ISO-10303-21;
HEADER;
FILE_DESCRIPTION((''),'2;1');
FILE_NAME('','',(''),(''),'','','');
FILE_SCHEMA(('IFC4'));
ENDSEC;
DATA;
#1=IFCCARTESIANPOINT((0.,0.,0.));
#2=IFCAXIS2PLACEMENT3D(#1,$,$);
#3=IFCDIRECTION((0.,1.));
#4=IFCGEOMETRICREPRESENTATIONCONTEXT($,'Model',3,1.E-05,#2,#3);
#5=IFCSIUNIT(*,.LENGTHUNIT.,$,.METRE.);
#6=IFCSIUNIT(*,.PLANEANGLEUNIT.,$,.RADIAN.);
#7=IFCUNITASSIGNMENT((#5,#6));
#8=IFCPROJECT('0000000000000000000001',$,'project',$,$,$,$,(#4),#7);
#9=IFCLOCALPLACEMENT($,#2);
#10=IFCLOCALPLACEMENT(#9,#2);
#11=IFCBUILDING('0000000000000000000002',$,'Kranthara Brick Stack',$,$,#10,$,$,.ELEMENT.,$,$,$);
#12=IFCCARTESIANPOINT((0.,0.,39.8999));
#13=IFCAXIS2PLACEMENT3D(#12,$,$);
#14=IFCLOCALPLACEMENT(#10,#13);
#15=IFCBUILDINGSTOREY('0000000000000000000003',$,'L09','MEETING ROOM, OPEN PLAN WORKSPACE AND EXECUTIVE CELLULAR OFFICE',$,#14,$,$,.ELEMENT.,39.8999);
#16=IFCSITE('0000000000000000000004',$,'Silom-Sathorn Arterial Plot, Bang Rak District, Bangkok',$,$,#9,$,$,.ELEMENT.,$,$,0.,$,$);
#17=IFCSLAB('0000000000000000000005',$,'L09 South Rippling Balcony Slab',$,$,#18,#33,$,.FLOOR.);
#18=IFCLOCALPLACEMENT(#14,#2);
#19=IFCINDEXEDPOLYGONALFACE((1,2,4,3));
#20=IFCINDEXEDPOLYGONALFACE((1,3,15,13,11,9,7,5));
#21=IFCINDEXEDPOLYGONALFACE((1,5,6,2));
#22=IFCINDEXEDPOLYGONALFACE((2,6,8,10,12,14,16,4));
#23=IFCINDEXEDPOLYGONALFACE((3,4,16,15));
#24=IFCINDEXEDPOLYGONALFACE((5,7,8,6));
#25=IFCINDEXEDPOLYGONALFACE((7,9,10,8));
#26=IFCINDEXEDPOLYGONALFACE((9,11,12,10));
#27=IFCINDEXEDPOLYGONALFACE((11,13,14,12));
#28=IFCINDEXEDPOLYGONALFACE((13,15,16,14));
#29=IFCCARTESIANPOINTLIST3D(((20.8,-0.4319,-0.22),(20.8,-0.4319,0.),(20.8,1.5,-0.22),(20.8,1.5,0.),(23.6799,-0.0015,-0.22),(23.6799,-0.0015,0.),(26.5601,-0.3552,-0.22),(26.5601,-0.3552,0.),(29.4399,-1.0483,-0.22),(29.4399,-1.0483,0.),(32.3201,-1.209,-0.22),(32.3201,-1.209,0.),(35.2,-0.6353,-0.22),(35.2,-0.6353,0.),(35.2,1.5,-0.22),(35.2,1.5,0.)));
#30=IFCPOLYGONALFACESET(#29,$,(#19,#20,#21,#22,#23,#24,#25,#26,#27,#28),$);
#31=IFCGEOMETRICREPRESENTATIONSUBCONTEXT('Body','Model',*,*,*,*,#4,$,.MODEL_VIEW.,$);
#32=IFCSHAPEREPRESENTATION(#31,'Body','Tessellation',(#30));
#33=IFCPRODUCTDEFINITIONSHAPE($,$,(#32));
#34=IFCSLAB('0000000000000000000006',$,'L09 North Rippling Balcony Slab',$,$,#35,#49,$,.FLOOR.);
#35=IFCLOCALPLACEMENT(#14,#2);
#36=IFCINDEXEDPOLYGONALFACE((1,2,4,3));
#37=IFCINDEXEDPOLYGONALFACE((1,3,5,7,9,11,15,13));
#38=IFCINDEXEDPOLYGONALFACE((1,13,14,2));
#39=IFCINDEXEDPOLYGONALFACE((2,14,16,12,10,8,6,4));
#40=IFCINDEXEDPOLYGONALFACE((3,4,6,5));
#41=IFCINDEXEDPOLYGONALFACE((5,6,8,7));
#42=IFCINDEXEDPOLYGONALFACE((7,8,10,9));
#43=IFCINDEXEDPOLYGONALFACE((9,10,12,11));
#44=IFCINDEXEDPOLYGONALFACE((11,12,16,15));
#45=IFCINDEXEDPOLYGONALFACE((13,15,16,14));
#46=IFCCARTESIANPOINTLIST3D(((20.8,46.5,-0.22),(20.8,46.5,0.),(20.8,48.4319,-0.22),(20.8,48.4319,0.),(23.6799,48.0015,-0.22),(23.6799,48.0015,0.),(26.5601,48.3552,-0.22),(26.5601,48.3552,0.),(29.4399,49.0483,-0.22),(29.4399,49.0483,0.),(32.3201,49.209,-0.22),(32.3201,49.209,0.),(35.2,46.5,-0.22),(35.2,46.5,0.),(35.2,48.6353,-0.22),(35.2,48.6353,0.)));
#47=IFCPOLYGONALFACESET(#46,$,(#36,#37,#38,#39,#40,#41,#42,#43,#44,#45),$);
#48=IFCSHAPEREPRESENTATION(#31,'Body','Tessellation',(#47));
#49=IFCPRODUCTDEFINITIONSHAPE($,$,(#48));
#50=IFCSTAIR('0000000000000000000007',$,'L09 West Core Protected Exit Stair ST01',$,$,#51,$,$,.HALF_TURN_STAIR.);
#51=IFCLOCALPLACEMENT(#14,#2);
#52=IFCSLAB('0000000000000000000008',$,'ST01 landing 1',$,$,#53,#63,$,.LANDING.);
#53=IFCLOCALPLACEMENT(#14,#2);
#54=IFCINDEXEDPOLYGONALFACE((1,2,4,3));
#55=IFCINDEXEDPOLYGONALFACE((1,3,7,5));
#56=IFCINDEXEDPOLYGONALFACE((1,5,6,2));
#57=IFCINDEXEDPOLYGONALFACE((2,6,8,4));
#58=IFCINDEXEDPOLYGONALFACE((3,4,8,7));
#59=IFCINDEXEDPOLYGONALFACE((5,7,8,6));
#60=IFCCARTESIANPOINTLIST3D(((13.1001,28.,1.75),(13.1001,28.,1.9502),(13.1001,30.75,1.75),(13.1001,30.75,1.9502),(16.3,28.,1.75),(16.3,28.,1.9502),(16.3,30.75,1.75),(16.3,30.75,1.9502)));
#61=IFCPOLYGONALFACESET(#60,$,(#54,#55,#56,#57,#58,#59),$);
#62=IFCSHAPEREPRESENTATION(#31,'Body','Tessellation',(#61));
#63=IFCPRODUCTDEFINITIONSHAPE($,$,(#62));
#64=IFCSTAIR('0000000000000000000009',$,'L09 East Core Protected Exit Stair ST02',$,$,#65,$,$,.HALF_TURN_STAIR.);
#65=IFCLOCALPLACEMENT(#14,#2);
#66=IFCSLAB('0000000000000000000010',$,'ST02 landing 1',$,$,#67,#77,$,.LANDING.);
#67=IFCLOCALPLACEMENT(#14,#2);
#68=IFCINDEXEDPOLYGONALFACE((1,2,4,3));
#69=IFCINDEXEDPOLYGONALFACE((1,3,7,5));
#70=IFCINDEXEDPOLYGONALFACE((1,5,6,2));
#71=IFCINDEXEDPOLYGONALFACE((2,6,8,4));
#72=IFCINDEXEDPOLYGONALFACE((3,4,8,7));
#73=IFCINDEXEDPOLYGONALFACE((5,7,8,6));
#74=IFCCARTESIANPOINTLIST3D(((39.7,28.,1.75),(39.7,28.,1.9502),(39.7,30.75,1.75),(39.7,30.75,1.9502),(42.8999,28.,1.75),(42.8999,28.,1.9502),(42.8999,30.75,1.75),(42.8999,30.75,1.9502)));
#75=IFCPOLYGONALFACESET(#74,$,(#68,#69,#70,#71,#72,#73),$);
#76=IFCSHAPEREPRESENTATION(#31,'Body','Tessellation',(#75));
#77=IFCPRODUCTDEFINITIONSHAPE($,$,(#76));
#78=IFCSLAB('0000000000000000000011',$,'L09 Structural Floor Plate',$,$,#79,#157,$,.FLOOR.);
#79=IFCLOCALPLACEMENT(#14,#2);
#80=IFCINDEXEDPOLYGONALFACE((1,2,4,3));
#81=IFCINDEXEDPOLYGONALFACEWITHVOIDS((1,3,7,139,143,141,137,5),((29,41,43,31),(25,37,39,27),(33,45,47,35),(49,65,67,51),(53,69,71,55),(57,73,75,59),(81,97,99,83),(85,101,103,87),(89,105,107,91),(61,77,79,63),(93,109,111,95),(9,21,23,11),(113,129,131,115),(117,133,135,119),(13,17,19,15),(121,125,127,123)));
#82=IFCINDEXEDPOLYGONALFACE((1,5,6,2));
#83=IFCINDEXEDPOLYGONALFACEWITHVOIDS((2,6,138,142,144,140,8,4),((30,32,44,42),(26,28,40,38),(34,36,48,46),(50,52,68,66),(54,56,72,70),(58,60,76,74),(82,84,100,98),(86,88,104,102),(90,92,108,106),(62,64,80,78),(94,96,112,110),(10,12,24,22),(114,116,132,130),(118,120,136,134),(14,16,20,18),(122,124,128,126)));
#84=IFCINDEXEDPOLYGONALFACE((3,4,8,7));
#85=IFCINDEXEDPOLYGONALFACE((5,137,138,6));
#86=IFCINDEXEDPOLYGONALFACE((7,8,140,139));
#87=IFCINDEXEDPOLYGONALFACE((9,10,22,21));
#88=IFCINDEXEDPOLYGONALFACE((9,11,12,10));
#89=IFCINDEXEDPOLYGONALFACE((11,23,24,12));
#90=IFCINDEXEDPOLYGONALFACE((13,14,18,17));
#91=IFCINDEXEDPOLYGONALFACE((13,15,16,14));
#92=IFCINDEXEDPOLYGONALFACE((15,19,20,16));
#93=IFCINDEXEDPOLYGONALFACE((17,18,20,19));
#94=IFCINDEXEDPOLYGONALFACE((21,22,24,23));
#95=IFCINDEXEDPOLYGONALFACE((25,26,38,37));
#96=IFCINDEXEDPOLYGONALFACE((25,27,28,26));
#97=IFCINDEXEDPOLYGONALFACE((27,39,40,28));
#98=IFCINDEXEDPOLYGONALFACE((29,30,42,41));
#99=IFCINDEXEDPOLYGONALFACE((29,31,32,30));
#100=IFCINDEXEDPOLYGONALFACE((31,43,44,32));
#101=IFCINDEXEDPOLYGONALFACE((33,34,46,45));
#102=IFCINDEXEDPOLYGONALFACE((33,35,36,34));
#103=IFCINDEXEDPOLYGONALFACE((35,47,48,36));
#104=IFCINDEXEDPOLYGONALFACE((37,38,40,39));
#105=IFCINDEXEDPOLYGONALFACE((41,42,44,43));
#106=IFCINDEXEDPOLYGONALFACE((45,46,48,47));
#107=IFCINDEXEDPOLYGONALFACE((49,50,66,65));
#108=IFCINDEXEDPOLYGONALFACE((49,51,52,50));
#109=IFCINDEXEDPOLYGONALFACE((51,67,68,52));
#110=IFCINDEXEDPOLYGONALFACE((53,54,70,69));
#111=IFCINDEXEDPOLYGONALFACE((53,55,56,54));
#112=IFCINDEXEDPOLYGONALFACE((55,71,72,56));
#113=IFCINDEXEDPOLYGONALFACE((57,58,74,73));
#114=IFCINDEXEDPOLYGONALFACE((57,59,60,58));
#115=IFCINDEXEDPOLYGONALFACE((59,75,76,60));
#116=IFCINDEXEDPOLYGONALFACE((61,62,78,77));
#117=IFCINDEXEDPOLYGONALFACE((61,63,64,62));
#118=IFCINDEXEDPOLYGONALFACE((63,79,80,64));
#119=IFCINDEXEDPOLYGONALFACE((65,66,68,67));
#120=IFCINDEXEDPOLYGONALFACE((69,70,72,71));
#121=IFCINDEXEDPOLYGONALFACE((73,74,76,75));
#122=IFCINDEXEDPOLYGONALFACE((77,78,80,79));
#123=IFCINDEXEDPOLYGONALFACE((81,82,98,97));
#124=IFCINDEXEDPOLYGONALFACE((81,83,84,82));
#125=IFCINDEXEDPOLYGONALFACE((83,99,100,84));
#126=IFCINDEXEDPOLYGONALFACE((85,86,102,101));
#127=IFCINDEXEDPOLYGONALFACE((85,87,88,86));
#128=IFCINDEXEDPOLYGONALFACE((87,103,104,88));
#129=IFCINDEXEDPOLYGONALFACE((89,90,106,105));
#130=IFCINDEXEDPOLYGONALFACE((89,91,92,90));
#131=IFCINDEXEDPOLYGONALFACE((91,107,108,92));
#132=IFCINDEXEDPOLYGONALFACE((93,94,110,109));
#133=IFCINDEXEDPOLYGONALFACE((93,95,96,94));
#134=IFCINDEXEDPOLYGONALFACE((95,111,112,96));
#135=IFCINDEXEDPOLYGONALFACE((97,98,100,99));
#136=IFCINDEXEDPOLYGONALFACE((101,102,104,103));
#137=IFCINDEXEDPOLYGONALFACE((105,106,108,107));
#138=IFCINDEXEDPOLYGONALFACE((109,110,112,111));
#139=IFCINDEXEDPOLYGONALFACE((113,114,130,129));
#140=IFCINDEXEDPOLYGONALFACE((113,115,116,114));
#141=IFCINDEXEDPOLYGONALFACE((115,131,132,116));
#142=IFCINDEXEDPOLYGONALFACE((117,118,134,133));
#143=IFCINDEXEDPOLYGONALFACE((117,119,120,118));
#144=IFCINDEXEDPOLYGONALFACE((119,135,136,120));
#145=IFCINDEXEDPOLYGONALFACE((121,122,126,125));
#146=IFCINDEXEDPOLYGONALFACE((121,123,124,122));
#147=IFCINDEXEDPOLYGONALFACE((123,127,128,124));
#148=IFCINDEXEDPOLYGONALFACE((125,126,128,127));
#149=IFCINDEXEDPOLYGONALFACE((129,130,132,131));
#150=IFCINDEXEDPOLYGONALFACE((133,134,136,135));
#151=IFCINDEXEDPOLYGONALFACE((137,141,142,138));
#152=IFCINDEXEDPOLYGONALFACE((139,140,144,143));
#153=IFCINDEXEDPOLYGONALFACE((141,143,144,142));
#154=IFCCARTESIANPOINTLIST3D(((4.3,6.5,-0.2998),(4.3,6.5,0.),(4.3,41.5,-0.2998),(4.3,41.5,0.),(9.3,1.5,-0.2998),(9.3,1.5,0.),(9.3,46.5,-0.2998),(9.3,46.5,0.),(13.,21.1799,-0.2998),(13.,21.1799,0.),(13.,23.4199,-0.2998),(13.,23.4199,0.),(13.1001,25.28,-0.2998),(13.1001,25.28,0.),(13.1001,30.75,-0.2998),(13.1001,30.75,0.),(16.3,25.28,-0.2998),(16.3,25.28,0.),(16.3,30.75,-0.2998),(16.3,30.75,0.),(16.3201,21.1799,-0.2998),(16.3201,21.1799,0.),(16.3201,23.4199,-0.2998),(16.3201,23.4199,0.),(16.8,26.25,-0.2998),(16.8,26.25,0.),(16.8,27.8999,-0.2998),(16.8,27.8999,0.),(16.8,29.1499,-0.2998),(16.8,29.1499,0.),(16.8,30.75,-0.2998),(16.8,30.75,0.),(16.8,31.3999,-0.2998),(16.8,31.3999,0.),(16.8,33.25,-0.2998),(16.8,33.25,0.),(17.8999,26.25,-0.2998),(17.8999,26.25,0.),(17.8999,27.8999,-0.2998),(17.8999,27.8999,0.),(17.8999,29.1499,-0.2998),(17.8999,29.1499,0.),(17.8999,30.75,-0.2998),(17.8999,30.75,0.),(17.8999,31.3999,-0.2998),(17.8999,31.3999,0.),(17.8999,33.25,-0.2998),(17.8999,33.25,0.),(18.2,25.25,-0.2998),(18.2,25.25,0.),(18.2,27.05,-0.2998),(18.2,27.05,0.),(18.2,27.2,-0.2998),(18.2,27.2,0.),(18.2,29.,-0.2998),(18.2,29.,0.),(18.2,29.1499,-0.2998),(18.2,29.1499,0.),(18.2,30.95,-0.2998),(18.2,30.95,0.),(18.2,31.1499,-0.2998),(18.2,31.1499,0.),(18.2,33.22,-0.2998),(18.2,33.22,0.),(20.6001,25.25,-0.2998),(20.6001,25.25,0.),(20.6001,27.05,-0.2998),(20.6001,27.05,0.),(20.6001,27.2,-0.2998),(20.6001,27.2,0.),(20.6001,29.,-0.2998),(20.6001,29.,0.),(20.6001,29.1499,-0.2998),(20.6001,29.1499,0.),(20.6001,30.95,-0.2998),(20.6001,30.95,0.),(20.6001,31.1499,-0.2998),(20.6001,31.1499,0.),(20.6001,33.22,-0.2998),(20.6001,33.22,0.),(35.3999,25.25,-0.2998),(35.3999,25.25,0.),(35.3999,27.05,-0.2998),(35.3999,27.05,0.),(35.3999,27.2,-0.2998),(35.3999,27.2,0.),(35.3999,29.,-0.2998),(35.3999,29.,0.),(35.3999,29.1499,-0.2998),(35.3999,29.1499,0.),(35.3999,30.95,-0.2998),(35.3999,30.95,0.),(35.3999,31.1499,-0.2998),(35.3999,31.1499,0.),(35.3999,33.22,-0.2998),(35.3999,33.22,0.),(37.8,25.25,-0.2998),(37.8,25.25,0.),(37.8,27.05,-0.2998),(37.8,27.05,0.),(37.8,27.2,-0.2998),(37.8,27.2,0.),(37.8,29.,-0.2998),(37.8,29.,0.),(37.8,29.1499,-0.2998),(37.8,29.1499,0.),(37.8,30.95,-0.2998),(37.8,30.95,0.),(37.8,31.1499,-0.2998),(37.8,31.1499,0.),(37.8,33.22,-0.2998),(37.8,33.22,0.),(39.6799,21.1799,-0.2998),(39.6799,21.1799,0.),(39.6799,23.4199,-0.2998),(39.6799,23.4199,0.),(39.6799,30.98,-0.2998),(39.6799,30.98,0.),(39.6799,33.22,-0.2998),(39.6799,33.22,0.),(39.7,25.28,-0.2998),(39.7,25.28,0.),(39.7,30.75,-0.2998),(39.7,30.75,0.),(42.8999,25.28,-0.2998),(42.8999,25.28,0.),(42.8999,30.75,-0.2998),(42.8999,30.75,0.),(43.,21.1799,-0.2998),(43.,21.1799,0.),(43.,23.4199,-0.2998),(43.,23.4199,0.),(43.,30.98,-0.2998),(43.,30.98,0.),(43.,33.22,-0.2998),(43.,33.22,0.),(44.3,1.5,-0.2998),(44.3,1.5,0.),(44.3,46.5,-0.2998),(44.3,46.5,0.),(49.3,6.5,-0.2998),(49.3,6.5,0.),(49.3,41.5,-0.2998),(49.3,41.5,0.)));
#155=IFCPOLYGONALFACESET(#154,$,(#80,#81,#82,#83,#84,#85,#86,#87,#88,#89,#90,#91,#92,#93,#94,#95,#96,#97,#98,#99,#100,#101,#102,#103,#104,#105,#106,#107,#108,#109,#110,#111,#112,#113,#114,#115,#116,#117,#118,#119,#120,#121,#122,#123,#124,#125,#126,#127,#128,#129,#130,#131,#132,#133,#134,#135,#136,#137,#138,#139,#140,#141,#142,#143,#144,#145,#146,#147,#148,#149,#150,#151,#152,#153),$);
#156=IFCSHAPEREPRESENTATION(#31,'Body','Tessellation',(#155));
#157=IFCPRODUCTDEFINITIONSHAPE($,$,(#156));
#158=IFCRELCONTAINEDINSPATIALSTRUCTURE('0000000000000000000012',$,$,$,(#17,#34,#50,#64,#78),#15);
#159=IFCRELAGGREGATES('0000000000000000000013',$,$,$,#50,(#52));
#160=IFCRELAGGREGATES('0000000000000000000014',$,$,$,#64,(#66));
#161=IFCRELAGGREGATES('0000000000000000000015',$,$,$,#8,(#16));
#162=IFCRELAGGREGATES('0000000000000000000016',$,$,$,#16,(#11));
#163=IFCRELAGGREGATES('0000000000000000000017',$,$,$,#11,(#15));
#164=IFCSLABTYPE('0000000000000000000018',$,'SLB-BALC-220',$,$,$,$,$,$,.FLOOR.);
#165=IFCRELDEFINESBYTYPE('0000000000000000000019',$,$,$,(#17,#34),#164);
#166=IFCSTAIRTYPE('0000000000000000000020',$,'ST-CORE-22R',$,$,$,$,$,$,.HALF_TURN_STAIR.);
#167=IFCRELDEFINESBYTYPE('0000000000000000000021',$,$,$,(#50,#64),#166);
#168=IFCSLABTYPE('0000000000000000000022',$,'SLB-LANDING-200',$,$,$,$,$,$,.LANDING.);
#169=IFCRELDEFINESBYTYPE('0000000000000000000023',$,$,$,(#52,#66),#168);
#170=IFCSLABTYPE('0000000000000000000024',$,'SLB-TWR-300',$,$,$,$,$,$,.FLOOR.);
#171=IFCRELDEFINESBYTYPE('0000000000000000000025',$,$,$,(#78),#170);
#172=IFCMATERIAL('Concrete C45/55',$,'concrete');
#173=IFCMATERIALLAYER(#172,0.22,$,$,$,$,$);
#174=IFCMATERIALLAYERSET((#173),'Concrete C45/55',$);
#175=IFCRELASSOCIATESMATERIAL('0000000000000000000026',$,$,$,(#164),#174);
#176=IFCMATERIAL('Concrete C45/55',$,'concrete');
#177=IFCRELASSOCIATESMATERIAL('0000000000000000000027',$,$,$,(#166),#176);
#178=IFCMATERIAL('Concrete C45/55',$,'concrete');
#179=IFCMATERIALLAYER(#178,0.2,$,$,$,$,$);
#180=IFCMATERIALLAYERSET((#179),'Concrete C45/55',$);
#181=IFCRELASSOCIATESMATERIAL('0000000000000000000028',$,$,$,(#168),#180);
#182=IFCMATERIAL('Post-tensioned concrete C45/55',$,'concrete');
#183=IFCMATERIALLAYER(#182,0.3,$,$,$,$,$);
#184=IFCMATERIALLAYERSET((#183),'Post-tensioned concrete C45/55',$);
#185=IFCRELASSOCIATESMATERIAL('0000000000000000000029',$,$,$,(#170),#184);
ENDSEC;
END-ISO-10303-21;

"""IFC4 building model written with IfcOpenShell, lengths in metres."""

from ifc_helpers import new_model, si_unit, direction, frame, origin, place, context, subcontext, project, spatial, polyline, outline, extrude, material, layer, layer_set, type_object, element, aggregate, save


model = new_model("IFC4")

# Units and contexts
model_context = context("Model", 3, precision=1e-05, world=origin(), true_north=direction((0.0, 1.0)))
body_context = subcontext(model_context, "Body", "Model", "MODEL_VIEW")
ifc_project = project(units=[si_unit("LENGTHUNIT", "METRE"), si_unit("PLANEANGLEUNIT", "RADIAN")], contexts=[model_context])

# Site, building, storey
site_placement = place(None, origin())
site = spatial("IfcSite", under=ifc_project, at=site_placement, Name="Silom-Sathorn Arterial Plot, Bang Rak District, Bangkok", CompositionType="ELEMENT", RefElevation=0.0)
building_placement = place(site_placement, origin())
building = spatial("IfcBuilding", under=site, at=building_placement, Name="Kranthara Brick Stack", CompositionType="ELEMENT")
storey_placement = place(building_placement, frame((0.0, 0.0, 39.8999)))
storey = spatial("IfcBuildingStorey", under=building, at=storey_placement, Name="L09", Description="MEETING ROOM, OPEN PLAN WORKSPACE AND EXECUTIVE CELLULAR OFFICE", CompositionType="ELEMENT", Elevation=39.8999)

# Slabs
ifc_material_1 = material(Name="Concrete C45/55", Category="concrete")
ifc_layer_1 = layer(ifc_material_1, 0.22)
ifc_layer_set_1 = layer_set([ifc_layer_1], Name="Concrete C45/55")
slab_type_1 = type_object("IfcSlabType", Name="SLB-BALC-220", PredefinedType="FLOOR", material=ifc_layer_set_1)
slab_1_placement = place(storey_placement, frame((0.0, 0.0, -0.22)))
element("IfcSlab", 1, at=slab_1_placement, inside=storey, type_object=slab_type_1, Name="L09 South Rippling Balcony Slab", PredefinedType="FLOOR", context=body_context, shape_type="SweptSolid", body=[
    extrude(outline(polyline([(20.8, 1.5), (35.2, 1.5), (35.2, -0.6353), (32.3201, -1.209), (29.4399, -1.0483), (26.5601, -0.3552), (23.6799, -0.0015), (20.8, -0.4319), (20.8, 1.5)])), origin(), (0.0, 0.0, 1.0), 0.22),
])
slab_2_placement = place(storey_placement, frame((0.0, 0.0, -0.22)))
element("IfcSlab", 2, at=slab_2_placement, inside=storey, type_object=slab_type_1, Name="L09 North Rippling Balcony Slab", PredefinedType="FLOOR", context=body_context, shape_type="SweptSolid", body=[
    extrude(outline(polyline([(35.2, 46.5), (20.8, 46.5), (20.8, 48.4319), (23.6799, 48.0015), (26.5601, 48.3552), (29.4399, 49.0483), (32.3201, 49.209), (35.2, 48.6353), (35.2, 46.5)])), origin(), (0.0, 0.0, 1.0), 0.22),
])

# Stairs, slabs
ifc_material_2 = material(Name="Concrete C45/55", Category="concrete")
stair_type = type_object("IfcStairType", Name="ST-CORE-22R", PredefinedType="HALF_TURN_STAIR", material=ifc_material_2)
stair_1_placement = place(storey_placement, origin())
stair_1 = element("IfcStair", 3, at=stair_1_placement, inside=storey, type_object=stair_type, Name="L09 West Core Protected Exit Stair ST01", PredefinedType="HALF_TURN_STAIR")
ifc_material_3 = material(Name="Concrete C45/55", Category="concrete")
ifc_layer_2 = layer(ifc_material_3, 0.2)
ifc_layer_set_2 = layer_set([ifc_layer_2], Name="Concrete C45/55")
slab_type_2 = type_object("IfcSlabType", Name="SLB-LANDING-200", PredefinedType="LANDING", material=ifc_layer_set_2)
slab_3_placement = place(storey_placement, frame((0.0, 0.0, 1.75)))
slab_3 = element("IfcSlab", 4, at=slab_3_placement, type_object=slab_type_2, Name="ST01 landing 1", PredefinedType="LANDING", context=body_context, shape_type="SweptSolid", body=[
    extrude(outline(polyline([(16.3, 28.0), (16.3, 30.75), (13.1001, 30.75), (13.1001, 28.0), (16.3, 28.0)])), origin(), (0.0, 0.0, 1.0), 0.2002),
])
aggregate(stair_1, [slab_3])
stair_2_placement = place(storey_placement, origin())
stair_2 = element("IfcStair", 5, at=stair_2_placement, inside=storey, type_object=stair_type, Name="L09 East Core Protected Exit Stair ST02", PredefinedType="HALF_TURN_STAIR")
slab_4_placement = place(storey_placement, frame((0.0, 0.0, 1.75)))
slab_4 = element("IfcSlab", 6, at=slab_4_placement, type_object=slab_type_2, Name="ST02 landing 1", PredefinedType="LANDING", context=body_context, shape_type="SweptSolid", body=[
    extrude(outline(polyline([(42.8999, 28.0), (42.8999, 30.75), (39.7, 30.75), (39.7, 28.0), (42.8999, 28.0)])), origin(), (0.0, 0.0, 1.0), 0.2002),
])
aggregate(stair_2, [slab_4])

# Slab
ifc_material_4 = material(Name="Post-tensioned concrete C45/55", Category="concrete")
ifc_layer_3 = layer(ifc_material_4, 0.3)
ifc_layer_set_3 = layer_set([ifc_layer_3], Name="Post-tensioned concrete C45/55")
slab_type_3 = type_object("IfcSlabType", Name="SLB-TWR-300", PredefinedType="FLOOR", material=ifc_layer_set_3)
slab_5_placement = place(storey_placement, frame((0.0, 0.0, -0.2998)))
element("IfcSlab", 7, at=slab_5_placement, inside=storey, type_object=slab_type_3, Name="L09 Structural Floor Plate", PredefinedType="FLOOR", context=body_context, shape_type="SweptSolid", body=[
    extrude(outline(polyline([(9.3, 1.5), (44.3, 1.5), (49.3, 6.5), (49.3, 41.5), (44.3, 46.5), (9.3, 46.5), (4.3, 41.5), (4.3, 6.5), (9.3, 1.5)]), holes=[polyline([(13.1001, 25.28), (16.3, 25.28), (16.3, 30.75), (13.1001, 30.75), (13.1001, 25.28)]), polyline([(39.7, 25.28), (42.8999, 25.28), (42.8999, 30.75), (39.7, 30.75), (39.7, 25.28)]), polyline([(13.0, 21.1799), (16.3201, 21.1799), (16.3201, 23.4199), (13.0, 23.4199), (13.0, 21.1799)]), polyline([(39.6799, 21.1799), (43.0, 21.1799), (43.0, 23.4199), (39.6799, 23.4199), (39.6799, 21.1799)]), polyline([(39.6799, 30.98), (43.0, 30.98), (43.0, 33.22), (39.6799, 33.22), (39.6799, 30.98)]), polyline([(18.2, 25.25), (20.6001, 25.25), (20.6001, 27.05), (18.2, 27.05), (18.2, 25.25)]), polyline([(18.2, 27.2), (20.6001, 27.2), (20.6001, 29.0), (18.2, 29.0), (18.2, 27.2)]), polyline([(18.2, 29.1499), (20.6001, 29.1499), (20.6001, 30.95), (18.2, 30.95), (18.2, 29.1499)]), polyline([(35.3999, 25.25), (37.8, 25.25), (37.8, 27.05), (35.3999, 27.05), (35.3999, 25.25)]), polyline([(35.3999, 27.2), (37.8, 27.2), (37.8, 29.0), (35.3999, 29.0), (35.3999, 27.2)]), polyline([(35.3999, 29.1499), (37.8, 29.1499), (37.8, 30.95), (35.3999, 30.95), (35.3999, 29.1499)]), polyline([(18.2, 31.1499), (20.6001, 31.1499), (20.6001, 33.22), (18.2, 33.22), (18.2, 31.1499)]), polyline([(35.3999, 31.1499), (37.8, 31.1499), (37.8, 33.22), (35.3999, 33.22), (35.3999, 31.1499)]), polyline([(16.8, 26.25), (17.8999, 26.25), (17.8999, 27.8999), (16.8, 27.8999), (16.8, 26.25)]), polyline([(16.8, 29.1499), (17.8999, 29.1499), (17.8999, 30.75), (16.8, 30.75), (16.8, 29.1499)]), polyline([(16.8, 31.3999), (17.8999, 31.3999), (17.8999, 33.25), (16.8, 33.25), (16.8, 31.3999)])]), origin(), (0.0, 0.0, 1.0), 0.2998),
])

save(model, "model.ifc")
